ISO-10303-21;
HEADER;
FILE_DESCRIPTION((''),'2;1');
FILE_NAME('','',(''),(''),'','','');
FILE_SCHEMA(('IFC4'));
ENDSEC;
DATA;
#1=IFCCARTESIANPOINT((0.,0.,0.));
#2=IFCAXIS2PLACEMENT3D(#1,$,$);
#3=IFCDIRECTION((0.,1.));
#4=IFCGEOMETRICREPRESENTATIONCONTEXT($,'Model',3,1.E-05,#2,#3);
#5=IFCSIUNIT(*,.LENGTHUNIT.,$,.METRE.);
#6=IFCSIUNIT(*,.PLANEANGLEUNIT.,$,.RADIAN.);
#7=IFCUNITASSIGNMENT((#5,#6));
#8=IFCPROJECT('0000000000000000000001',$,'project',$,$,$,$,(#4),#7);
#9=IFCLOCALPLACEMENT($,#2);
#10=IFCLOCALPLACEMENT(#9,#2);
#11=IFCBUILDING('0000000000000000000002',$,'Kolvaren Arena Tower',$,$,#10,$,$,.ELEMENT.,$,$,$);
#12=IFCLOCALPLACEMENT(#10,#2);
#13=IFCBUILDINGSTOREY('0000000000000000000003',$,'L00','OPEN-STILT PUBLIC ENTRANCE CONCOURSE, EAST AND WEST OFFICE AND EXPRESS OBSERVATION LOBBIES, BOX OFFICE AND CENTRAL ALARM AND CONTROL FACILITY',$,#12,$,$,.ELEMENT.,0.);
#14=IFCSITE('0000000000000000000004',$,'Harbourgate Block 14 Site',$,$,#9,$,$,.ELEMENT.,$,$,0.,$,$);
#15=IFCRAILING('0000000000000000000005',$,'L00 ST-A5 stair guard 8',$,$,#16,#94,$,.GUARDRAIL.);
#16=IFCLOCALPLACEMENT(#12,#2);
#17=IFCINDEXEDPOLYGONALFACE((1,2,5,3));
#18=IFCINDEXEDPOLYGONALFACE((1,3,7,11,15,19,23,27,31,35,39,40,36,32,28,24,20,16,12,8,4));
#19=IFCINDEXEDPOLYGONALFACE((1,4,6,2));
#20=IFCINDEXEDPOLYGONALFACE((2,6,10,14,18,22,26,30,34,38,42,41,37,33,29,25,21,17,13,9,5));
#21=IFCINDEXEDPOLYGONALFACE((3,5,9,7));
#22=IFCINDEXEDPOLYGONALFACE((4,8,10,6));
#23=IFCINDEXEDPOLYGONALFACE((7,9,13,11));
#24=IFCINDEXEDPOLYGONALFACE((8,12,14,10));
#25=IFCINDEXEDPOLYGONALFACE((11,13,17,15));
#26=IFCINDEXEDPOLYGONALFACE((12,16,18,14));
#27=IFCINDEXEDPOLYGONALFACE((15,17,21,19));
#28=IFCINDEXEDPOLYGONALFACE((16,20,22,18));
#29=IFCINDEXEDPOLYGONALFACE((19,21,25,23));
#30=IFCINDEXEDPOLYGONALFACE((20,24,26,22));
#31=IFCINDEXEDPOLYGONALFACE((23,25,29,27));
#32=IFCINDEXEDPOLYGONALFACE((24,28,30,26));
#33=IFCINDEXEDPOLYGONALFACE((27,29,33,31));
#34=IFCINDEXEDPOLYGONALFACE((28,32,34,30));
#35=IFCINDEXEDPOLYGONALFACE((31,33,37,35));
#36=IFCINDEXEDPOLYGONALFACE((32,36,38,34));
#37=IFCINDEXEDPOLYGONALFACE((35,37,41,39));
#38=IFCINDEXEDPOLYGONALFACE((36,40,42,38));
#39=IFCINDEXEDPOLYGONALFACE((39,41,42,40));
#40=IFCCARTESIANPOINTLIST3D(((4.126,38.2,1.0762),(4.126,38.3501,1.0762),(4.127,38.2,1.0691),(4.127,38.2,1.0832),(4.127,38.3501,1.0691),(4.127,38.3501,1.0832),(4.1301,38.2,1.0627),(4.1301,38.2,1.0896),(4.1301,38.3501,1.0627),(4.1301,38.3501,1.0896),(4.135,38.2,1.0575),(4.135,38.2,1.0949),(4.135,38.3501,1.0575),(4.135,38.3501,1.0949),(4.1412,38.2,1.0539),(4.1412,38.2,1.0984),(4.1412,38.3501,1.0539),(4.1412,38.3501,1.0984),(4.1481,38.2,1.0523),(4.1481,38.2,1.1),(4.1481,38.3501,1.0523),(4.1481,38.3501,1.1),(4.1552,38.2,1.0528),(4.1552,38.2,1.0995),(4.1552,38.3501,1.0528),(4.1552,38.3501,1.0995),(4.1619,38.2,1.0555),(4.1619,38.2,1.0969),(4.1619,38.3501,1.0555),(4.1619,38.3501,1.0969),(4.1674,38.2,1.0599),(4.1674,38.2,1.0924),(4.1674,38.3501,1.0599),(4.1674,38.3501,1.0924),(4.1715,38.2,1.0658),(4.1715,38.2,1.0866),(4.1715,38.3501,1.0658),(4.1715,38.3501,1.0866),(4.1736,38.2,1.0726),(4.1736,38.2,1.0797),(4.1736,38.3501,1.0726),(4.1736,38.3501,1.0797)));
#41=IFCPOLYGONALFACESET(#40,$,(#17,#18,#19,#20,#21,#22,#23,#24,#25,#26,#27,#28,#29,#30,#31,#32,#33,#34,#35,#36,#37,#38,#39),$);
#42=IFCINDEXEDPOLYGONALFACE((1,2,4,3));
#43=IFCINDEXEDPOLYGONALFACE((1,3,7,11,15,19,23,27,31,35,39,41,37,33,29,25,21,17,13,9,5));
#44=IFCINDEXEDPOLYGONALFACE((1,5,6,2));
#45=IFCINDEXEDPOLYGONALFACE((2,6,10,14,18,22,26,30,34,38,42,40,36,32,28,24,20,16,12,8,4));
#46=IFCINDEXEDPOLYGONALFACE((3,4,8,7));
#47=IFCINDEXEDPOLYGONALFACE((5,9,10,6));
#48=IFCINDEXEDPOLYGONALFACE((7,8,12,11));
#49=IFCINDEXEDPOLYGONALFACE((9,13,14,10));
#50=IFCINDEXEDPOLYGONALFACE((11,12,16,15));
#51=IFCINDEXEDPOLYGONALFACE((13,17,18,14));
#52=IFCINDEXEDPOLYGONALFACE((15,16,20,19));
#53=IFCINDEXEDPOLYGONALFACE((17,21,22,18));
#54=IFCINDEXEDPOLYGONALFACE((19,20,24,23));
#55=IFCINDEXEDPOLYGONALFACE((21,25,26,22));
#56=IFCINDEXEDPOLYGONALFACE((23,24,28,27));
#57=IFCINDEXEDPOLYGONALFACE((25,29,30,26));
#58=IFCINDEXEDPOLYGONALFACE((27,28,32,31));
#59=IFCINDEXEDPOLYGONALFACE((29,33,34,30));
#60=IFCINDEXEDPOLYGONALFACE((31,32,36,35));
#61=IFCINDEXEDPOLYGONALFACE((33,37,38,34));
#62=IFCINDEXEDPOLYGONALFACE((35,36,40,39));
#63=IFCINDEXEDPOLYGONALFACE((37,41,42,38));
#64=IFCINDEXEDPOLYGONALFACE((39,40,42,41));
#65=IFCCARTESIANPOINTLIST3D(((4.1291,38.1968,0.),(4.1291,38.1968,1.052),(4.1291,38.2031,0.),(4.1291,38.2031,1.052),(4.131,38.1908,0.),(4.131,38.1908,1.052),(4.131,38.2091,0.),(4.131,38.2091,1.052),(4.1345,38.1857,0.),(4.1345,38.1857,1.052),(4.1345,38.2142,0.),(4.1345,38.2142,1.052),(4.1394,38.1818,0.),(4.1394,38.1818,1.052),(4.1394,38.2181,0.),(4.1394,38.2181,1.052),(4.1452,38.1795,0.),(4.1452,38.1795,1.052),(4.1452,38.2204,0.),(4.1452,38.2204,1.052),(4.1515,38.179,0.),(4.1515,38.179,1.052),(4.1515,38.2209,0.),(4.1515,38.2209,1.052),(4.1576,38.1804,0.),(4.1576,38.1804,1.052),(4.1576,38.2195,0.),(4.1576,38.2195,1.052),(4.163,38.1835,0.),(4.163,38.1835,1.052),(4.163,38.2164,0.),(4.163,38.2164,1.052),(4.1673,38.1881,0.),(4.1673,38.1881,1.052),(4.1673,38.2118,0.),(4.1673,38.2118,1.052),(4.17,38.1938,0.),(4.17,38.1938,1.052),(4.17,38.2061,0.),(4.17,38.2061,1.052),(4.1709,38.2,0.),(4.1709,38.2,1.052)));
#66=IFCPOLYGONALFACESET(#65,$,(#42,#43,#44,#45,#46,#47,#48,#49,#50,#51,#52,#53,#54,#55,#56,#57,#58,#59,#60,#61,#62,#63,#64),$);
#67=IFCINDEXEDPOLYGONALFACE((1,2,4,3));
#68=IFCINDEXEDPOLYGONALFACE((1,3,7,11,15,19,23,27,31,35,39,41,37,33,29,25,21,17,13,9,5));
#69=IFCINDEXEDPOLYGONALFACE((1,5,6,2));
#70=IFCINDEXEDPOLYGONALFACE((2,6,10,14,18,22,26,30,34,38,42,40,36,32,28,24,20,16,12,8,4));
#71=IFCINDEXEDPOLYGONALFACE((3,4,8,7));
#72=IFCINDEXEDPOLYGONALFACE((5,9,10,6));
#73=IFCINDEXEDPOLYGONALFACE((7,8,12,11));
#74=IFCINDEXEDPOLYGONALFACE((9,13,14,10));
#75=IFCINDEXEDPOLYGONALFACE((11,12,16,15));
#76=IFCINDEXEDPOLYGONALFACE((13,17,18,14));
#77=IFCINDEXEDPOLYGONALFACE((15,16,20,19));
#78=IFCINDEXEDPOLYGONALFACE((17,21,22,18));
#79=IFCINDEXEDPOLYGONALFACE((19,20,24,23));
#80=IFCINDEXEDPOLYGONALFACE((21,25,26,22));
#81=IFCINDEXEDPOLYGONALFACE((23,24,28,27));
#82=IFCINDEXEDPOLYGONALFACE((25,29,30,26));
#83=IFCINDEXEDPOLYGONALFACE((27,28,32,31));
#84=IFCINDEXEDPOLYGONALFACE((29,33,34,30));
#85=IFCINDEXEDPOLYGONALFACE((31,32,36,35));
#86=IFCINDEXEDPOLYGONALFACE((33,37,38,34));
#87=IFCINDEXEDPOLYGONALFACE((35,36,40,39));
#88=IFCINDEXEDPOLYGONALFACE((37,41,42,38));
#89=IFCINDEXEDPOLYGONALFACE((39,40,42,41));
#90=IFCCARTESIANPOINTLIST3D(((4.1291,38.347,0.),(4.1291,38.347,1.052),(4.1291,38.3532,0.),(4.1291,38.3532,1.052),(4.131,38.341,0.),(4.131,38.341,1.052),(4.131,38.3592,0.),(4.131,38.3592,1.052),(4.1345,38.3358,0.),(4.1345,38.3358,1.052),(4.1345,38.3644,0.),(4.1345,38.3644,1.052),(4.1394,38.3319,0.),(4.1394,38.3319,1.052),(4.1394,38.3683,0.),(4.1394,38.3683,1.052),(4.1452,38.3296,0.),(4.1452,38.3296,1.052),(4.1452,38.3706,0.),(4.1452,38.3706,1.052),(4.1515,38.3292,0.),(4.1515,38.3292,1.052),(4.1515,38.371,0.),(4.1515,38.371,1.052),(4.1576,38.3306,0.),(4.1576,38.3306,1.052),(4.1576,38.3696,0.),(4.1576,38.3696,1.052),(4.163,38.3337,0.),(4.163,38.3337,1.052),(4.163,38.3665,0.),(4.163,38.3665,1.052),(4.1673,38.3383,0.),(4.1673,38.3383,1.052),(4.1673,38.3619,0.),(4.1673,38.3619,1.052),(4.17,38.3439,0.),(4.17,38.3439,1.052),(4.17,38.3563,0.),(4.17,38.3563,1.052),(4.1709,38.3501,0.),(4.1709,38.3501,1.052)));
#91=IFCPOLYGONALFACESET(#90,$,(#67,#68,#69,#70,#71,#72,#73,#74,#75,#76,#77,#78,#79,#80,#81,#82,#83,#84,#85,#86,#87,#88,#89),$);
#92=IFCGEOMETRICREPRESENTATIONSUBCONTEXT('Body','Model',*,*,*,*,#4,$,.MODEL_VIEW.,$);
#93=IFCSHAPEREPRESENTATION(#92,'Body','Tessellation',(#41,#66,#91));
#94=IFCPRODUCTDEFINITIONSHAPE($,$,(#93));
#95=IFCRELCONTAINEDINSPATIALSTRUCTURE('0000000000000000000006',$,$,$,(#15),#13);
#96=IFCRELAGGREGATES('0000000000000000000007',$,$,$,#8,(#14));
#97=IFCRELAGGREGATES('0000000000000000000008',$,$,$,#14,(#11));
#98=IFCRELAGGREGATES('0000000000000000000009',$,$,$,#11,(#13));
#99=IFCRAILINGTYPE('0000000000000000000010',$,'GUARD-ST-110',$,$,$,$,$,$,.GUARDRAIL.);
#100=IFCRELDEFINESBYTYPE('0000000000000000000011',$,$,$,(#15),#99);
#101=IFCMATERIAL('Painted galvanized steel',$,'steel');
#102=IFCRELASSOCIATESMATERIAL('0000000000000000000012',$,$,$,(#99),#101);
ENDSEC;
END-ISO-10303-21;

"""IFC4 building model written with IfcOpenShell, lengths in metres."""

from ifc_helpers import new_model, si_unit, direction, frame, origin, origin_2d, place, context, subcontext, project, spatial, circle, extrude, material, type_object, element, save


model = new_model("IFC4")

# Units and contexts
model_context = context("Model", 3, precision=1e-05, world=origin(), true_north=direction((0.0, 1.0)))
body_context = subcontext(model_context, "Body", "Model", "MODEL_VIEW")
ifc_project = project(units=[si_unit("LENGTHUNIT", "METRE"), si_unit("PLANEANGLEUNIT", "RADIAN")], contexts=[model_context])

# Site, building, storey
site_placement = place(None, origin())
site = spatial("IfcSite", under=ifc_project, at=site_placement, Name="Harbourgate Block 14 Site", CompositionType="ELEMENT", RefElevation=0.0)
building_placement = place(site_placement, origin())
building = spatial("IfcBuilding", under=site, at=building_placement, Name="Kolvaren Arena Tower", CompositionType="ELEMENT")
storey_placement = place(building_placement, origin())
storey = spatial("IfcBuildingStorey", under=building, at=storey_placement, Name="L00", Description="OPEN-STILT PUBLIC ENTRANCE CONCOURSE, EAST AND WEST OFFICE AND EXPRESS OBSERVATION LOBBIES, BOX OFFICE AND CENTRAL ALARM AND CONTROL FACILITY", CompositionType="ELEMENT", Elevation=0.0)

# Railing
ifc_material_1 = material(Name="Painted galvanized steel", Category="steel")
railing_type_1 = type_object("IfcRailingType", Name="GUARD-ST-110", PredefinedType="GUARDRAIL", material=ifc_material_1)
railing_1_placement = place(storey_placement, frame((4.1499, 38.2, 0.0)))
element("IfcRailing", 1, at=railing_1_placement, inside=storey, type_object=railing_type_1, Name="L00 ST-A5 stair guard 8", PredefinedType="GUARDRAIL", context=body_context, shape_type="SweptSolid", body=[
    extrude(circle(Radius=0.0239, at=origin_2d()), frame((0.0, 0.0, 1.0762), z_axis=(0.0, 1.0, 0.0), x_axis=(-1.0, 0.0, 0.0)), (0.0, 0.0, 1.0), 0.1501),
    extrude(circle(Radius=0.021, at=origin_2d()), origin(), (0.0, 0.0, 1.0), 1.052),
    extrude(circle(Radius=0.021, at=origin_2d()), frame((0.0, 0.1501, 0.0)), (0.0, 0.0, 1.0), 1.052),
])

save(model, "model.ifc")
